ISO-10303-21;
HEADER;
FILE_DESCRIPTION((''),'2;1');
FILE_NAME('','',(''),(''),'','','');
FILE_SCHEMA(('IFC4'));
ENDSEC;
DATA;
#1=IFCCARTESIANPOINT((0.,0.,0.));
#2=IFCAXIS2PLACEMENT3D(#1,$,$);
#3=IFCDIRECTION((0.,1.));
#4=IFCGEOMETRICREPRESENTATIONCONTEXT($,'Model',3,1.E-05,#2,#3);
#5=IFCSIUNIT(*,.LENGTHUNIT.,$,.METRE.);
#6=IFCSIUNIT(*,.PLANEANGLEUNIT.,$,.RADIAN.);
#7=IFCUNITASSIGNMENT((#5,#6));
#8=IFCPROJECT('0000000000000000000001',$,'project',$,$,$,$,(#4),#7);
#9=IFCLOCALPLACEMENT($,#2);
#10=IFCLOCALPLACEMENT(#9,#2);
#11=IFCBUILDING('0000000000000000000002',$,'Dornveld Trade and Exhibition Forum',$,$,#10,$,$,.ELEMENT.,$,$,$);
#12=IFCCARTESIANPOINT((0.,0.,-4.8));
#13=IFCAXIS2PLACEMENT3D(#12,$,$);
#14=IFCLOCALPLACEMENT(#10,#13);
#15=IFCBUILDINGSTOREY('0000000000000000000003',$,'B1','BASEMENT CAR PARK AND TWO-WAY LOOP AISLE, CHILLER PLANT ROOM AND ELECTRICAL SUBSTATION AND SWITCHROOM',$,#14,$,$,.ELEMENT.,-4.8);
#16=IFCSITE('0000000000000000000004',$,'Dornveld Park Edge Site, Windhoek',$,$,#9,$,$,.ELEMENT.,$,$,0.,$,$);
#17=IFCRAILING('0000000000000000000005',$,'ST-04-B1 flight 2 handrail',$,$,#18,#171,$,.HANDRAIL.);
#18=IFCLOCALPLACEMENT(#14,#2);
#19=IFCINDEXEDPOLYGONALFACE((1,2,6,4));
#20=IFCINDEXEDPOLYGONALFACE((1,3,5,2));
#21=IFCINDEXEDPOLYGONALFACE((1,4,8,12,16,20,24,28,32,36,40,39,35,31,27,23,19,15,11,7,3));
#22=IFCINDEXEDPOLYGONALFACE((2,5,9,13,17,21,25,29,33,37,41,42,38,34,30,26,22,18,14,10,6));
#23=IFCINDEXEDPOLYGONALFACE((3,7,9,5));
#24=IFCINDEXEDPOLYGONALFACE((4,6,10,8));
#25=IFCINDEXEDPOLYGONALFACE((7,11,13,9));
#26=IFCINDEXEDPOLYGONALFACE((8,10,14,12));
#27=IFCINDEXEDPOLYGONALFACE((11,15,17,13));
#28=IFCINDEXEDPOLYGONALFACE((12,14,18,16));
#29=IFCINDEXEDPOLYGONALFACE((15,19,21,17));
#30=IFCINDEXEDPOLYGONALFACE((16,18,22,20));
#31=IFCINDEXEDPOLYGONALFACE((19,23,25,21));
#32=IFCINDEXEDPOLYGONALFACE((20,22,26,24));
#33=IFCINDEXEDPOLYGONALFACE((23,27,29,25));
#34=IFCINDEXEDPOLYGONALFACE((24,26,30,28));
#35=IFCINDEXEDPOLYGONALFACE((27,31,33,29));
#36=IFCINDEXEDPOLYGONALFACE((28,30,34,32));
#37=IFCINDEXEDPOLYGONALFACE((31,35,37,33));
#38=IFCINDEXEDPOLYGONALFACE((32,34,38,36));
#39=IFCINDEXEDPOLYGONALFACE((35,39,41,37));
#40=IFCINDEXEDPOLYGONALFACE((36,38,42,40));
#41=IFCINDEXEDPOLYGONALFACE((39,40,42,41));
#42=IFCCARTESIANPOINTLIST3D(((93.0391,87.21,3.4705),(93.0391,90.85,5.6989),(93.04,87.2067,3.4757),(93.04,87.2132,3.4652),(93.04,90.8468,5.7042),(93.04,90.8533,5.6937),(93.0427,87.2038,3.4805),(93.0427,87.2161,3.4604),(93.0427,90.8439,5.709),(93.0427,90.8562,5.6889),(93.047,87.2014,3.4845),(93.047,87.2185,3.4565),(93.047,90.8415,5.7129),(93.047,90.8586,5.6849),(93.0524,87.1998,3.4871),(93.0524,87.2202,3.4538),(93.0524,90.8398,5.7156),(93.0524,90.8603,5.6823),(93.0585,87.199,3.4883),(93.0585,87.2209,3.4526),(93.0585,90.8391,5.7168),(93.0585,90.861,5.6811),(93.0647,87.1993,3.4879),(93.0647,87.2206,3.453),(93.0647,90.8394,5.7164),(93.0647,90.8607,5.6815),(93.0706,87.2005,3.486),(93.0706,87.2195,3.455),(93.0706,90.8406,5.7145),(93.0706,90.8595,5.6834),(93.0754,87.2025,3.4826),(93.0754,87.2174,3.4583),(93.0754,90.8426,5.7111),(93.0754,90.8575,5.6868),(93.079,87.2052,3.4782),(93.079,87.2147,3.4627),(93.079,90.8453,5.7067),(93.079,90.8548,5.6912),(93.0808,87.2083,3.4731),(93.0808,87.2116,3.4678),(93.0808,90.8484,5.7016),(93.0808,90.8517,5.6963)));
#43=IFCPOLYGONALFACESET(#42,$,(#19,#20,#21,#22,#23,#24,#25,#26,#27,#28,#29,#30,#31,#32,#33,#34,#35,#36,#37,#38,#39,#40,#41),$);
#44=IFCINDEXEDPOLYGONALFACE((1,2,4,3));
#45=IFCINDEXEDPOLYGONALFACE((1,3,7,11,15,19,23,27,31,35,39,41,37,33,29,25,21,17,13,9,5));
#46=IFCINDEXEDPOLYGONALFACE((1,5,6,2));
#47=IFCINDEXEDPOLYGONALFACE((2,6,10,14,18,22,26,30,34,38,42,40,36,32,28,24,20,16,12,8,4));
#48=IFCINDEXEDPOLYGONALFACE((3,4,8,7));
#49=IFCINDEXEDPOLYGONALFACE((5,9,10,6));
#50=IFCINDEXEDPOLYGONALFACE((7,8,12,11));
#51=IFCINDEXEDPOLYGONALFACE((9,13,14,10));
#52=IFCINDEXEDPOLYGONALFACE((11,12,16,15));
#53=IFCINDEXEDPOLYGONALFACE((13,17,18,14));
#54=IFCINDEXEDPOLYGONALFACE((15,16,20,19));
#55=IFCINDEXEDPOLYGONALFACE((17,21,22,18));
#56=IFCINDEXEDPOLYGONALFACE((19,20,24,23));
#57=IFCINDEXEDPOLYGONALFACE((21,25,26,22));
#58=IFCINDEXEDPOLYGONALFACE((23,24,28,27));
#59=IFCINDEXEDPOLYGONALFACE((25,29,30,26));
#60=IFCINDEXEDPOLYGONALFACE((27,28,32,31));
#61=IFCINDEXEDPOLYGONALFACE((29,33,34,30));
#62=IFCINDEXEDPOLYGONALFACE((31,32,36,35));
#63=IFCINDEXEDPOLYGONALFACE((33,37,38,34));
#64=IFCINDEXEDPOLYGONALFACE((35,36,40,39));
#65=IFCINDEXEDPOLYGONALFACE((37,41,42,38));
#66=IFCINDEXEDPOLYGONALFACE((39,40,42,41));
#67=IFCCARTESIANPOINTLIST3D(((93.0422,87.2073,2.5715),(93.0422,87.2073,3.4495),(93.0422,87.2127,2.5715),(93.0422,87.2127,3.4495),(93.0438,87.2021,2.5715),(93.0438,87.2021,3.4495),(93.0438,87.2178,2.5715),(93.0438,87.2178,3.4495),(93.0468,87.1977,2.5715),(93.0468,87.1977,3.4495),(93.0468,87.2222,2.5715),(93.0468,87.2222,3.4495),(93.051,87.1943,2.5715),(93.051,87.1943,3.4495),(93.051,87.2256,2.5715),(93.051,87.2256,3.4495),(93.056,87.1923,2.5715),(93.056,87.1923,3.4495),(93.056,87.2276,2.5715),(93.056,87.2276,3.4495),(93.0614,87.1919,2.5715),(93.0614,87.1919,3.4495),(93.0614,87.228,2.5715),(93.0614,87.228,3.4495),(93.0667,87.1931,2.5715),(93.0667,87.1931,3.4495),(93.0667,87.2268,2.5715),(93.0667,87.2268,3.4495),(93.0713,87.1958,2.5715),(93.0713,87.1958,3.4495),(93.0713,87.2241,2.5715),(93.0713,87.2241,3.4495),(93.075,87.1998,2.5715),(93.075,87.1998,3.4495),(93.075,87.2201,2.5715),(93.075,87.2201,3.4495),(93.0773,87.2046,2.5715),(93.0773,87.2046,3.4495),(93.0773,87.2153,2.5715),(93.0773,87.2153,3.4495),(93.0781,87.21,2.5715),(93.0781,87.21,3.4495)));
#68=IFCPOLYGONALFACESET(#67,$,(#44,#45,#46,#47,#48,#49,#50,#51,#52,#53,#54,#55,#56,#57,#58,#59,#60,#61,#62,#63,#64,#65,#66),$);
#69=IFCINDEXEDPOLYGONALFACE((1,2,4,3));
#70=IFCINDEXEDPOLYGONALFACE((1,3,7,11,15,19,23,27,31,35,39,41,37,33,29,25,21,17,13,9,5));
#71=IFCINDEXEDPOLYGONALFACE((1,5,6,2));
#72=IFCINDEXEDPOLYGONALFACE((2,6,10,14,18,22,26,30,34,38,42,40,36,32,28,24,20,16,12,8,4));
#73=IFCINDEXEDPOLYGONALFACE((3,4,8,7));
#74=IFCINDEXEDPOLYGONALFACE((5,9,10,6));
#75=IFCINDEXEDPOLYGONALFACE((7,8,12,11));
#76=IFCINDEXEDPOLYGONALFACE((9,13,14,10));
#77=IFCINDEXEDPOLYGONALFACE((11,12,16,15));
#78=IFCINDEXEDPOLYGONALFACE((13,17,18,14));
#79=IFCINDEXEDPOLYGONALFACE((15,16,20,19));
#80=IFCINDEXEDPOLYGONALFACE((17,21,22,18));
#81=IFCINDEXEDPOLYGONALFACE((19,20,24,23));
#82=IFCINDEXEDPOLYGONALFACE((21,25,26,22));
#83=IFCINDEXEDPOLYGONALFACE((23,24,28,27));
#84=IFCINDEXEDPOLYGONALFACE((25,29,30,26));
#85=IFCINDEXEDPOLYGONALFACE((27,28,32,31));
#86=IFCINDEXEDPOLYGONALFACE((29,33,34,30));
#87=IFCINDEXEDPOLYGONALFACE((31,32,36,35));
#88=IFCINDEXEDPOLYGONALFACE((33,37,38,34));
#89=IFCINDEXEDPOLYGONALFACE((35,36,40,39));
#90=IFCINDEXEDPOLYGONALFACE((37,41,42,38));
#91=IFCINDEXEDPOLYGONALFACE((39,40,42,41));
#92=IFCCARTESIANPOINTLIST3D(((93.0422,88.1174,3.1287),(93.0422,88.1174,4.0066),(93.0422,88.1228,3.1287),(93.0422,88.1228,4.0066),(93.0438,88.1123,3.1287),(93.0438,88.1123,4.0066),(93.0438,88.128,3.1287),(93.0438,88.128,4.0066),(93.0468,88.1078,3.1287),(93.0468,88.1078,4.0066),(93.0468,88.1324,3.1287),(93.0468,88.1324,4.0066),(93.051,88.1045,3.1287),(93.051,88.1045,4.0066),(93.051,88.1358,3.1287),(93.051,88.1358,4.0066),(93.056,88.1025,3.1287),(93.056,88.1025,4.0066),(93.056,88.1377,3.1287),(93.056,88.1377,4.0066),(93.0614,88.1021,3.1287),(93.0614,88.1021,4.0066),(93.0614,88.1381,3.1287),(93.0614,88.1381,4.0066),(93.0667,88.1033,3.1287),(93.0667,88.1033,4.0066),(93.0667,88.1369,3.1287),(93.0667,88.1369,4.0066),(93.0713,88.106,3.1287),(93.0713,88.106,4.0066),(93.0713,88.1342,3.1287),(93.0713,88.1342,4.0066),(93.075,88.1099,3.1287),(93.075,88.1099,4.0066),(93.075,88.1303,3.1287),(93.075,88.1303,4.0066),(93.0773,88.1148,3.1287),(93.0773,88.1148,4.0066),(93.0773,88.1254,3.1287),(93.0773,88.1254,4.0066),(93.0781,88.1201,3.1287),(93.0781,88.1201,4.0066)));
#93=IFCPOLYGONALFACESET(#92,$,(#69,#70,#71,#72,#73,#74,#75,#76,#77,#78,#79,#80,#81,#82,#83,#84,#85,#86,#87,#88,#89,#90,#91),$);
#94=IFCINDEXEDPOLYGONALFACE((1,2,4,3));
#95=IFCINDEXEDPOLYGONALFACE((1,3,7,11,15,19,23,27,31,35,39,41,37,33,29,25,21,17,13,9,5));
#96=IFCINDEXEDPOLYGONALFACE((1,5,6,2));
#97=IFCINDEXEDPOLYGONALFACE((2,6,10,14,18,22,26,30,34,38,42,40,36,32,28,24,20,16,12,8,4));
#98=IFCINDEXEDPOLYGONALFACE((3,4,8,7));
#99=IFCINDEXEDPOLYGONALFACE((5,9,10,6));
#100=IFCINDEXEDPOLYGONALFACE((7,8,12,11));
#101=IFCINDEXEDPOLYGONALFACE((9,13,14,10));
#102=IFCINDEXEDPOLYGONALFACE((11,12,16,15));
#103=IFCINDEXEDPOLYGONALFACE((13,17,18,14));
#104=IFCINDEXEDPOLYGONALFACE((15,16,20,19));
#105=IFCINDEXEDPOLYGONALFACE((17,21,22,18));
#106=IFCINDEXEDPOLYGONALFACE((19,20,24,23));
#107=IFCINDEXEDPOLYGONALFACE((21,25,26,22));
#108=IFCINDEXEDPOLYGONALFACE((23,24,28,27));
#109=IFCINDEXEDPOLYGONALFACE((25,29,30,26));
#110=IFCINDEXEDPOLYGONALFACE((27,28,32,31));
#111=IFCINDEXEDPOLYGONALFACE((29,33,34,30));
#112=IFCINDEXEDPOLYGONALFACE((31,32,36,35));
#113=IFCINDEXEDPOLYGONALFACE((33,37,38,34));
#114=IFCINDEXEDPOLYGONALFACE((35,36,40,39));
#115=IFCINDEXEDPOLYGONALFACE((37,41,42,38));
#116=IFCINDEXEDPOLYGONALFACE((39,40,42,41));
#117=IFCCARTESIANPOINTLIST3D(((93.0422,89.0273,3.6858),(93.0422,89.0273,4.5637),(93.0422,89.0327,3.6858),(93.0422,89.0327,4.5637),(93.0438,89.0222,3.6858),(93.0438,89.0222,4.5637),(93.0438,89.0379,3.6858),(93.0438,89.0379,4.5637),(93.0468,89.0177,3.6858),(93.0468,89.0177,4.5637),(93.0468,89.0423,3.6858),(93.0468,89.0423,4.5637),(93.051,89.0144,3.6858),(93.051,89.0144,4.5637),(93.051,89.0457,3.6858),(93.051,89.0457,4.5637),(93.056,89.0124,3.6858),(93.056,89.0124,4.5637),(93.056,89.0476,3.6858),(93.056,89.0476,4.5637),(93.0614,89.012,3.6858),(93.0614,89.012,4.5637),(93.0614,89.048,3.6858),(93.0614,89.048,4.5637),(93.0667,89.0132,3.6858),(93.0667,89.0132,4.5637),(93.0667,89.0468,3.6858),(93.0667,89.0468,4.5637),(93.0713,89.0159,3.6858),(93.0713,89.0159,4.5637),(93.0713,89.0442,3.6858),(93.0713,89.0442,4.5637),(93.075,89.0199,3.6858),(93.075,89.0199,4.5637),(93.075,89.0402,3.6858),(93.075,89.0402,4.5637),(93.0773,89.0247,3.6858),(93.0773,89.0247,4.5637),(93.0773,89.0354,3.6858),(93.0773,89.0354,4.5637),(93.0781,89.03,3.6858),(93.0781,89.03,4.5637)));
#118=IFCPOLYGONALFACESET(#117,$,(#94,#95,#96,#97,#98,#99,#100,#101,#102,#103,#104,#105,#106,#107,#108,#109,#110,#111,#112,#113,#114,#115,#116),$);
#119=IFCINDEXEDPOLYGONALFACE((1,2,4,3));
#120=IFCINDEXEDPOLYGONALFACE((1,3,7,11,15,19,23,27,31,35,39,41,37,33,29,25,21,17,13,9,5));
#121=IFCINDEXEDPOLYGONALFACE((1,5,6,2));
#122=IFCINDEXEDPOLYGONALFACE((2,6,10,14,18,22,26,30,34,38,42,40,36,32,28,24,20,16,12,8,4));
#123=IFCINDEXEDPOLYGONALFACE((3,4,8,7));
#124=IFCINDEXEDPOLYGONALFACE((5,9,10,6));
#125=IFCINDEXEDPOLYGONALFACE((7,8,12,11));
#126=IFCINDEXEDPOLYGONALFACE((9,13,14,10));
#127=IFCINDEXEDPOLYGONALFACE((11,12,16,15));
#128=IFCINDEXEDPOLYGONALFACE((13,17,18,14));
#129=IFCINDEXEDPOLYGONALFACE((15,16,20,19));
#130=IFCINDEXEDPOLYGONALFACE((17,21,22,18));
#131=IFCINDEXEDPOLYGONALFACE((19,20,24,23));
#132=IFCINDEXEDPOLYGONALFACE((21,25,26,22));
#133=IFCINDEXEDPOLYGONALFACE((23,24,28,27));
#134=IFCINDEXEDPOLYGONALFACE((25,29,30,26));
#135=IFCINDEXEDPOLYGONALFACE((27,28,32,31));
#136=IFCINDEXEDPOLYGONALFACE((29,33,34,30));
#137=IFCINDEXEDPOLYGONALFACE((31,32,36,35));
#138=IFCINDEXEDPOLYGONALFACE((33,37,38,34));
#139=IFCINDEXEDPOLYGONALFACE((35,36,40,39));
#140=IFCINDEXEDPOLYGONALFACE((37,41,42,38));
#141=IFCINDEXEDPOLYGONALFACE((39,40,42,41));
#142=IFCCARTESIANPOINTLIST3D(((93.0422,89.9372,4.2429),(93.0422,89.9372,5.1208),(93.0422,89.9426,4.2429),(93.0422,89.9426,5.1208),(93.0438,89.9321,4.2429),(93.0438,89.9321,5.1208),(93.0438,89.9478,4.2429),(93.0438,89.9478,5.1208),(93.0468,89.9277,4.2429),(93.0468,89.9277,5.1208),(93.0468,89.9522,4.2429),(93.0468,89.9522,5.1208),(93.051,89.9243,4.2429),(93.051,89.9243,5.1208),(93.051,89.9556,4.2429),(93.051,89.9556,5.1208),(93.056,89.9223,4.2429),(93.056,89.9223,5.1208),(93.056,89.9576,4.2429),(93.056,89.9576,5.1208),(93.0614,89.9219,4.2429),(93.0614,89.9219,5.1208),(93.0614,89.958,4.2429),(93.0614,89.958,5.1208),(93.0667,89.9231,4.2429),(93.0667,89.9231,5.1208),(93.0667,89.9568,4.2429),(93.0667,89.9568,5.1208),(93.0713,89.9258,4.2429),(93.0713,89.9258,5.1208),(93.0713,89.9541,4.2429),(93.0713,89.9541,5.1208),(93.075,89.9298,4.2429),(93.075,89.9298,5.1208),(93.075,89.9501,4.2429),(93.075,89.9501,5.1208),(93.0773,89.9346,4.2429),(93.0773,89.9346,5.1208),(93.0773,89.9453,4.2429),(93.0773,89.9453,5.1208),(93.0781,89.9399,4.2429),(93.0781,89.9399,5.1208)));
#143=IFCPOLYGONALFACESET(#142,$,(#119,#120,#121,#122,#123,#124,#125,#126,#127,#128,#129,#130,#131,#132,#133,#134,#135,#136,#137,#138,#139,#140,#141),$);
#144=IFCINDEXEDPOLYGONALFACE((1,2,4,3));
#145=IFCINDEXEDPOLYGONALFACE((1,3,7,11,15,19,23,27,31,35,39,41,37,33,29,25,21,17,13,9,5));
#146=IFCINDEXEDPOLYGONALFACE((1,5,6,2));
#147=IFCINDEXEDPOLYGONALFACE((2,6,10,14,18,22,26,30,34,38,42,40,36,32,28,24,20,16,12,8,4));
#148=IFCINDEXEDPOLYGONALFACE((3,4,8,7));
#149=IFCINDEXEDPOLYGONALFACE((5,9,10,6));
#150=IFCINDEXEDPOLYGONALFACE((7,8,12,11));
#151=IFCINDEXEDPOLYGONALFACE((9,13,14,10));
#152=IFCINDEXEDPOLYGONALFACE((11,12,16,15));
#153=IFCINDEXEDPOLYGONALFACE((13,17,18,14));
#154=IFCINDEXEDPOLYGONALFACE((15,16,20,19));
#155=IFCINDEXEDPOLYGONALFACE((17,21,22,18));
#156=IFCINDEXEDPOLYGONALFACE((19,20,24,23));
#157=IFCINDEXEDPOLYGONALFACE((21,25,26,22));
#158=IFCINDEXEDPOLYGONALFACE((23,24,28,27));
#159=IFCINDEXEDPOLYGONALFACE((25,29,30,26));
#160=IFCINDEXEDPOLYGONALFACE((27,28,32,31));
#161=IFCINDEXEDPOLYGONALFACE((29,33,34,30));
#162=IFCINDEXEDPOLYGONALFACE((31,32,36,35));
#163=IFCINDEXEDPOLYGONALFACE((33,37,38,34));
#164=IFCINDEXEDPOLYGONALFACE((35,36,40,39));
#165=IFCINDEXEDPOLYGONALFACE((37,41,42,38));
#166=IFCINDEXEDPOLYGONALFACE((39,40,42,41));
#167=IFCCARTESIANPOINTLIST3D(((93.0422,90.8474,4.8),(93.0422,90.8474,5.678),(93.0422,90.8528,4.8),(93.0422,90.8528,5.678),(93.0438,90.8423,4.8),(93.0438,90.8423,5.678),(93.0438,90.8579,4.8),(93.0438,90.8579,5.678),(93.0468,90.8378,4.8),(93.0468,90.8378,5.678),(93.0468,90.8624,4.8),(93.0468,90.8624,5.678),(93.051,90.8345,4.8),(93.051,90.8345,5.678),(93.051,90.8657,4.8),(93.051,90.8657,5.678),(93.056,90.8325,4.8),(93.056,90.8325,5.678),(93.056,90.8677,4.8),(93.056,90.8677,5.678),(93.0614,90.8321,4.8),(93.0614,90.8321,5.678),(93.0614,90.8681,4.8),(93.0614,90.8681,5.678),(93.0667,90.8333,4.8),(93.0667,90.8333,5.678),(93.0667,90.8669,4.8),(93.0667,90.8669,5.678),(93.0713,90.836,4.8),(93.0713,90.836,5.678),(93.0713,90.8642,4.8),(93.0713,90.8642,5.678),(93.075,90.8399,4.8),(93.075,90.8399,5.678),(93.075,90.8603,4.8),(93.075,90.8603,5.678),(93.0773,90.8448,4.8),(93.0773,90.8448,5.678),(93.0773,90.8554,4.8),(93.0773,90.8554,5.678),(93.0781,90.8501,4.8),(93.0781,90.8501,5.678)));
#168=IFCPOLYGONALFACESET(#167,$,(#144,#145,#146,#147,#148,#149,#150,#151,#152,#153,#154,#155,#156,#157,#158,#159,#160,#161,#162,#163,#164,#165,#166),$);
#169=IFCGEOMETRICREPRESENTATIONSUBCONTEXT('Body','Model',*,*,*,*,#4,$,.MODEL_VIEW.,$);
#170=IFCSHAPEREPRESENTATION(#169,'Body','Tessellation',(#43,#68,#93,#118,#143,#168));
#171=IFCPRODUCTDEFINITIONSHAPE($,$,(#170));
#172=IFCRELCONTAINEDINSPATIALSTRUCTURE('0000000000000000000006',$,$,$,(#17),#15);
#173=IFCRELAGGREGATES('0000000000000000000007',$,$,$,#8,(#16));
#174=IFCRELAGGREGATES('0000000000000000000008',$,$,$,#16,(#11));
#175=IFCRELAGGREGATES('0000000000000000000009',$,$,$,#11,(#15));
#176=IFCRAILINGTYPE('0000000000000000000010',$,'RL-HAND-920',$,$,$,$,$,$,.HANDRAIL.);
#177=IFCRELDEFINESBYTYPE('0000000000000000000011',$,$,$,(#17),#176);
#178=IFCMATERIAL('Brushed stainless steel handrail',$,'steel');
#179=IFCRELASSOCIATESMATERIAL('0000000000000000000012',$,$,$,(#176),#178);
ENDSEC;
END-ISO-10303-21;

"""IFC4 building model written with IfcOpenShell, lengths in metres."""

from ifc_helpers import new_model, si_unit, direction, frame, origin, origin_2d, place, context, subcontext, project, spatial, circle, extrude, material, type_object, element, save


model = new_model("IFC4")

# Units and contexts
model_context = context("Model", 3, precision=1e-05, world=origin(), true_north=direction((0.0, 1.0)))
body_context = subcontext(model_context, "Body", "Model", "MODEL_VIEW")
ifc_project = project(units=[si_unit("LENGTHUNIT", "METRE"), si_unit("PLANEANGLEUNIT", "RADIAN")], contexts=[model_context])

# Site, building, storey
site_placement = place(None, origin())
site = spatial("IfcSite", under=ifc_project, at=site_placement, Name="Dornveld Park Edge Site, Windhoek", CompositionType="ELEMENT", RefElevation=0.0)
building_placement = place(site_placement, origin())
building = spatial("IfcBuilding", under=site, at=building_placement, Name="Dornveld Trade and Exhibition Forum", CompositionType="ELEMENT")
storey_placement = place(building_placement, frame((0.0, 0.0, -4.8)))
storey = spatial("IfcBuildingStorey", under=building, at=storey_placement, Name="B1", Description="BASEMENT CAR PARK AND TWO-WAY LOOP AISLE, CHILLER PLANT ROOM AND ELECTRICAL SUBSTATION AND SWITCHROOM", CompositionType="ELEMENT", Elevation=-4.8)

# Railing
ifc_material_1 = material(Name="Brushed stainless steel handrail", Category="steel")
railing_type_1 = type_object("IfcRailingType", Name="RL-HAND-920", PredefinedType="HANDRAIL", material=ifc_material_1)
railing_1_placement = place(storey_placement, frame((93.0601, 87.21, 2.5715)))
element("IfcRailing", 1, at=railing_1_placement, inside=storey, type_object=railing_type_1, Name="ST-04-B1 flight 2 handrail", PredefinedType="HANDRAIL", context=body_context, shape_type="SweptSolid", body=[
    extrude(circle(Radius=0.021, at=origin_2d()), frame((0.0, 0.0, 0.8989), z_axis=(0.0, 0.852866, 0.52213), x_axis=(-1.0, 0.0, 0.0)), (0.0, 0.0, 1.0), 4.2681),
    extrude(circle(Radius=0.0181, at=origin_2d()), origin(), (0.0, 0.0, 1.0), 0.8779),
    extrude(circle(Radius=0.0181, at=origin_2d()), frame((0.0, 0.9102, 0.5571)), (0.0, 0.0, 1.0), 0.8779),
    extrude(circle(Radius=0.0181, at=origin_2d()), frame((0.0, 1.8201, 1.1143)), (0.0, 0.0, 1.0), 0.8779),
    extrude(circle(Radius=0.0181, at=origin_2d()), frame((0.0, 2.73, 1.6714)), (0.0, 0.0, 1.0), 0.8779),
    extrude(circle(Radius=0.0181, at=origin_2d()), frame((0.0, 3.6401, 2.2285)), (0.0, 0.0, 1.0), 0.8779),
])

save(model, "model.ifc")
